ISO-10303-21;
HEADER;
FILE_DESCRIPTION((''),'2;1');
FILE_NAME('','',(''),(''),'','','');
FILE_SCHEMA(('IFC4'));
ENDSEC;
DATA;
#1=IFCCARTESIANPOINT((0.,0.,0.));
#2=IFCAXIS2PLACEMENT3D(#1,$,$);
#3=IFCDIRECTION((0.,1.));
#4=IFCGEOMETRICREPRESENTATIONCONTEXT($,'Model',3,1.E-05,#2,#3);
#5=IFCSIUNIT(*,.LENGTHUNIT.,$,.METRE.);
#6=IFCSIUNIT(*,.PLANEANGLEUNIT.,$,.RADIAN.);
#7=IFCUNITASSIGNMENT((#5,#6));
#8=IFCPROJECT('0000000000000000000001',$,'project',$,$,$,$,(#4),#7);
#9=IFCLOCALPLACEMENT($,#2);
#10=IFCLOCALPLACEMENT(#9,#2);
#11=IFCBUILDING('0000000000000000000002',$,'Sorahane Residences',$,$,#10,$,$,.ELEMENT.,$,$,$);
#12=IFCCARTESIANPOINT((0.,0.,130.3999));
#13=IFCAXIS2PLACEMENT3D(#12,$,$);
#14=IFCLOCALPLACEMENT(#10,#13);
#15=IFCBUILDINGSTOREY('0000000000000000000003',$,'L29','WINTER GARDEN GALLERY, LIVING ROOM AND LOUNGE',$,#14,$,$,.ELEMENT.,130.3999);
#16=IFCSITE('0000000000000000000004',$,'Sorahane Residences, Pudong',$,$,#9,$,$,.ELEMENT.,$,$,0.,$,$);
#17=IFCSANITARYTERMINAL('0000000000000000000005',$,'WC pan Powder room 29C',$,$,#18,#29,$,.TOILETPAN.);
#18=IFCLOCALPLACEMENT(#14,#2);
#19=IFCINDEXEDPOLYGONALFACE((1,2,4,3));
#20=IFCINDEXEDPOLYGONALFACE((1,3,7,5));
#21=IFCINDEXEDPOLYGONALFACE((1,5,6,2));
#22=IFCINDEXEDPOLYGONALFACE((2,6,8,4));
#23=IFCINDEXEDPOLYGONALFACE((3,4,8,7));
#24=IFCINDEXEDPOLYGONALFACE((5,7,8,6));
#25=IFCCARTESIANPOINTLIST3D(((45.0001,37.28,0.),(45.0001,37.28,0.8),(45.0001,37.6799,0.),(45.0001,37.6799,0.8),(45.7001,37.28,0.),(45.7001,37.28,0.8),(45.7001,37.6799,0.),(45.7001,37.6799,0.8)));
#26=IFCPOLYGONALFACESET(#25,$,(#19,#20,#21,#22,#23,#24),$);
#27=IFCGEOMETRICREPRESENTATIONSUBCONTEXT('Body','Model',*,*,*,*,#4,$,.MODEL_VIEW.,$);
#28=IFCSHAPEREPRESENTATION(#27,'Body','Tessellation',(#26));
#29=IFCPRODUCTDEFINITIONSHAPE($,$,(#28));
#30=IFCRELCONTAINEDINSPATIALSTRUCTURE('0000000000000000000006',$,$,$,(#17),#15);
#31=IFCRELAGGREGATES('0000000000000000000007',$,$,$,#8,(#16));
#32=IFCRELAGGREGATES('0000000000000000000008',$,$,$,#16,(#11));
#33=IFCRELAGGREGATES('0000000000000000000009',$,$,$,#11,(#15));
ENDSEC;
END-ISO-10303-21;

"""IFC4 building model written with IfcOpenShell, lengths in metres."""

from ifc_helpers import new_model, si_unit, direction, frame, origin, origin_2d, place, context, subcontext, project, spatial, rectangle, extrude, element, save


model = new_model("IFC4")

# Units and contexts
model_context = context("Model", 3, precision=1e-05, world=origin(), true_north=direction((0.0, 1.0)))
body_context = subcontext(model_context, "Body", "Model", "MODEL_VIEW")
ifc_project = project(units=[si_unit("LENGTHUNIT", "METRE"), si_unit("PLANEANGLEUNIT", "RADIAN")], contexts=[model_context])

# Site, building, storey
site_placement = place(None, origin())
site = spatial("IfcSite", under=ifc_project, at=site_placement, Name="Sorahane Residences, Pudong", CompositionType="ELEMENT", RefElevation=0.0)
building_placement = place(site_placement, origin())
building = spatial("IfcBuilding", under=site, at=building_placement, Name="Sorahane Residences", CompositionType="ELEMENT")
storey_placement = place(building_placement, frame((0.0, 0.0, 130.3999)))
storey = spatial("IfcBuildingStorey", under=building, at=storey_placement, Name="L29", Description="WINTER GARDEN GALLERY, LIVING ROOM AND LOUNGE", CompositionType="ELEMENT", Elevation=130.3999)

# Sanitary terminal
sanitary_terminal_placement = place(storey_placement, frame((45.3501, 37.48, 0.0), z_axis=(0.0, 0.0, 1.0), x_axis=(0.0, 1.0, 0.0)))
element("IfcSanitaryTerminal", 1, at=sanitary_terminal_placement, inside=storey, Name="WC pan Powder room 29C", PredefinedType="TOILETPAN", context=body_context, shape_type="SweptSolid", body=[
    extrude(rectangle(XDim=0.3999, YDim=0.7, at=origin_2d()), origin(), (0.0, 0.0, 1.0), 0.8),
])

save(model, "model.ifc")
